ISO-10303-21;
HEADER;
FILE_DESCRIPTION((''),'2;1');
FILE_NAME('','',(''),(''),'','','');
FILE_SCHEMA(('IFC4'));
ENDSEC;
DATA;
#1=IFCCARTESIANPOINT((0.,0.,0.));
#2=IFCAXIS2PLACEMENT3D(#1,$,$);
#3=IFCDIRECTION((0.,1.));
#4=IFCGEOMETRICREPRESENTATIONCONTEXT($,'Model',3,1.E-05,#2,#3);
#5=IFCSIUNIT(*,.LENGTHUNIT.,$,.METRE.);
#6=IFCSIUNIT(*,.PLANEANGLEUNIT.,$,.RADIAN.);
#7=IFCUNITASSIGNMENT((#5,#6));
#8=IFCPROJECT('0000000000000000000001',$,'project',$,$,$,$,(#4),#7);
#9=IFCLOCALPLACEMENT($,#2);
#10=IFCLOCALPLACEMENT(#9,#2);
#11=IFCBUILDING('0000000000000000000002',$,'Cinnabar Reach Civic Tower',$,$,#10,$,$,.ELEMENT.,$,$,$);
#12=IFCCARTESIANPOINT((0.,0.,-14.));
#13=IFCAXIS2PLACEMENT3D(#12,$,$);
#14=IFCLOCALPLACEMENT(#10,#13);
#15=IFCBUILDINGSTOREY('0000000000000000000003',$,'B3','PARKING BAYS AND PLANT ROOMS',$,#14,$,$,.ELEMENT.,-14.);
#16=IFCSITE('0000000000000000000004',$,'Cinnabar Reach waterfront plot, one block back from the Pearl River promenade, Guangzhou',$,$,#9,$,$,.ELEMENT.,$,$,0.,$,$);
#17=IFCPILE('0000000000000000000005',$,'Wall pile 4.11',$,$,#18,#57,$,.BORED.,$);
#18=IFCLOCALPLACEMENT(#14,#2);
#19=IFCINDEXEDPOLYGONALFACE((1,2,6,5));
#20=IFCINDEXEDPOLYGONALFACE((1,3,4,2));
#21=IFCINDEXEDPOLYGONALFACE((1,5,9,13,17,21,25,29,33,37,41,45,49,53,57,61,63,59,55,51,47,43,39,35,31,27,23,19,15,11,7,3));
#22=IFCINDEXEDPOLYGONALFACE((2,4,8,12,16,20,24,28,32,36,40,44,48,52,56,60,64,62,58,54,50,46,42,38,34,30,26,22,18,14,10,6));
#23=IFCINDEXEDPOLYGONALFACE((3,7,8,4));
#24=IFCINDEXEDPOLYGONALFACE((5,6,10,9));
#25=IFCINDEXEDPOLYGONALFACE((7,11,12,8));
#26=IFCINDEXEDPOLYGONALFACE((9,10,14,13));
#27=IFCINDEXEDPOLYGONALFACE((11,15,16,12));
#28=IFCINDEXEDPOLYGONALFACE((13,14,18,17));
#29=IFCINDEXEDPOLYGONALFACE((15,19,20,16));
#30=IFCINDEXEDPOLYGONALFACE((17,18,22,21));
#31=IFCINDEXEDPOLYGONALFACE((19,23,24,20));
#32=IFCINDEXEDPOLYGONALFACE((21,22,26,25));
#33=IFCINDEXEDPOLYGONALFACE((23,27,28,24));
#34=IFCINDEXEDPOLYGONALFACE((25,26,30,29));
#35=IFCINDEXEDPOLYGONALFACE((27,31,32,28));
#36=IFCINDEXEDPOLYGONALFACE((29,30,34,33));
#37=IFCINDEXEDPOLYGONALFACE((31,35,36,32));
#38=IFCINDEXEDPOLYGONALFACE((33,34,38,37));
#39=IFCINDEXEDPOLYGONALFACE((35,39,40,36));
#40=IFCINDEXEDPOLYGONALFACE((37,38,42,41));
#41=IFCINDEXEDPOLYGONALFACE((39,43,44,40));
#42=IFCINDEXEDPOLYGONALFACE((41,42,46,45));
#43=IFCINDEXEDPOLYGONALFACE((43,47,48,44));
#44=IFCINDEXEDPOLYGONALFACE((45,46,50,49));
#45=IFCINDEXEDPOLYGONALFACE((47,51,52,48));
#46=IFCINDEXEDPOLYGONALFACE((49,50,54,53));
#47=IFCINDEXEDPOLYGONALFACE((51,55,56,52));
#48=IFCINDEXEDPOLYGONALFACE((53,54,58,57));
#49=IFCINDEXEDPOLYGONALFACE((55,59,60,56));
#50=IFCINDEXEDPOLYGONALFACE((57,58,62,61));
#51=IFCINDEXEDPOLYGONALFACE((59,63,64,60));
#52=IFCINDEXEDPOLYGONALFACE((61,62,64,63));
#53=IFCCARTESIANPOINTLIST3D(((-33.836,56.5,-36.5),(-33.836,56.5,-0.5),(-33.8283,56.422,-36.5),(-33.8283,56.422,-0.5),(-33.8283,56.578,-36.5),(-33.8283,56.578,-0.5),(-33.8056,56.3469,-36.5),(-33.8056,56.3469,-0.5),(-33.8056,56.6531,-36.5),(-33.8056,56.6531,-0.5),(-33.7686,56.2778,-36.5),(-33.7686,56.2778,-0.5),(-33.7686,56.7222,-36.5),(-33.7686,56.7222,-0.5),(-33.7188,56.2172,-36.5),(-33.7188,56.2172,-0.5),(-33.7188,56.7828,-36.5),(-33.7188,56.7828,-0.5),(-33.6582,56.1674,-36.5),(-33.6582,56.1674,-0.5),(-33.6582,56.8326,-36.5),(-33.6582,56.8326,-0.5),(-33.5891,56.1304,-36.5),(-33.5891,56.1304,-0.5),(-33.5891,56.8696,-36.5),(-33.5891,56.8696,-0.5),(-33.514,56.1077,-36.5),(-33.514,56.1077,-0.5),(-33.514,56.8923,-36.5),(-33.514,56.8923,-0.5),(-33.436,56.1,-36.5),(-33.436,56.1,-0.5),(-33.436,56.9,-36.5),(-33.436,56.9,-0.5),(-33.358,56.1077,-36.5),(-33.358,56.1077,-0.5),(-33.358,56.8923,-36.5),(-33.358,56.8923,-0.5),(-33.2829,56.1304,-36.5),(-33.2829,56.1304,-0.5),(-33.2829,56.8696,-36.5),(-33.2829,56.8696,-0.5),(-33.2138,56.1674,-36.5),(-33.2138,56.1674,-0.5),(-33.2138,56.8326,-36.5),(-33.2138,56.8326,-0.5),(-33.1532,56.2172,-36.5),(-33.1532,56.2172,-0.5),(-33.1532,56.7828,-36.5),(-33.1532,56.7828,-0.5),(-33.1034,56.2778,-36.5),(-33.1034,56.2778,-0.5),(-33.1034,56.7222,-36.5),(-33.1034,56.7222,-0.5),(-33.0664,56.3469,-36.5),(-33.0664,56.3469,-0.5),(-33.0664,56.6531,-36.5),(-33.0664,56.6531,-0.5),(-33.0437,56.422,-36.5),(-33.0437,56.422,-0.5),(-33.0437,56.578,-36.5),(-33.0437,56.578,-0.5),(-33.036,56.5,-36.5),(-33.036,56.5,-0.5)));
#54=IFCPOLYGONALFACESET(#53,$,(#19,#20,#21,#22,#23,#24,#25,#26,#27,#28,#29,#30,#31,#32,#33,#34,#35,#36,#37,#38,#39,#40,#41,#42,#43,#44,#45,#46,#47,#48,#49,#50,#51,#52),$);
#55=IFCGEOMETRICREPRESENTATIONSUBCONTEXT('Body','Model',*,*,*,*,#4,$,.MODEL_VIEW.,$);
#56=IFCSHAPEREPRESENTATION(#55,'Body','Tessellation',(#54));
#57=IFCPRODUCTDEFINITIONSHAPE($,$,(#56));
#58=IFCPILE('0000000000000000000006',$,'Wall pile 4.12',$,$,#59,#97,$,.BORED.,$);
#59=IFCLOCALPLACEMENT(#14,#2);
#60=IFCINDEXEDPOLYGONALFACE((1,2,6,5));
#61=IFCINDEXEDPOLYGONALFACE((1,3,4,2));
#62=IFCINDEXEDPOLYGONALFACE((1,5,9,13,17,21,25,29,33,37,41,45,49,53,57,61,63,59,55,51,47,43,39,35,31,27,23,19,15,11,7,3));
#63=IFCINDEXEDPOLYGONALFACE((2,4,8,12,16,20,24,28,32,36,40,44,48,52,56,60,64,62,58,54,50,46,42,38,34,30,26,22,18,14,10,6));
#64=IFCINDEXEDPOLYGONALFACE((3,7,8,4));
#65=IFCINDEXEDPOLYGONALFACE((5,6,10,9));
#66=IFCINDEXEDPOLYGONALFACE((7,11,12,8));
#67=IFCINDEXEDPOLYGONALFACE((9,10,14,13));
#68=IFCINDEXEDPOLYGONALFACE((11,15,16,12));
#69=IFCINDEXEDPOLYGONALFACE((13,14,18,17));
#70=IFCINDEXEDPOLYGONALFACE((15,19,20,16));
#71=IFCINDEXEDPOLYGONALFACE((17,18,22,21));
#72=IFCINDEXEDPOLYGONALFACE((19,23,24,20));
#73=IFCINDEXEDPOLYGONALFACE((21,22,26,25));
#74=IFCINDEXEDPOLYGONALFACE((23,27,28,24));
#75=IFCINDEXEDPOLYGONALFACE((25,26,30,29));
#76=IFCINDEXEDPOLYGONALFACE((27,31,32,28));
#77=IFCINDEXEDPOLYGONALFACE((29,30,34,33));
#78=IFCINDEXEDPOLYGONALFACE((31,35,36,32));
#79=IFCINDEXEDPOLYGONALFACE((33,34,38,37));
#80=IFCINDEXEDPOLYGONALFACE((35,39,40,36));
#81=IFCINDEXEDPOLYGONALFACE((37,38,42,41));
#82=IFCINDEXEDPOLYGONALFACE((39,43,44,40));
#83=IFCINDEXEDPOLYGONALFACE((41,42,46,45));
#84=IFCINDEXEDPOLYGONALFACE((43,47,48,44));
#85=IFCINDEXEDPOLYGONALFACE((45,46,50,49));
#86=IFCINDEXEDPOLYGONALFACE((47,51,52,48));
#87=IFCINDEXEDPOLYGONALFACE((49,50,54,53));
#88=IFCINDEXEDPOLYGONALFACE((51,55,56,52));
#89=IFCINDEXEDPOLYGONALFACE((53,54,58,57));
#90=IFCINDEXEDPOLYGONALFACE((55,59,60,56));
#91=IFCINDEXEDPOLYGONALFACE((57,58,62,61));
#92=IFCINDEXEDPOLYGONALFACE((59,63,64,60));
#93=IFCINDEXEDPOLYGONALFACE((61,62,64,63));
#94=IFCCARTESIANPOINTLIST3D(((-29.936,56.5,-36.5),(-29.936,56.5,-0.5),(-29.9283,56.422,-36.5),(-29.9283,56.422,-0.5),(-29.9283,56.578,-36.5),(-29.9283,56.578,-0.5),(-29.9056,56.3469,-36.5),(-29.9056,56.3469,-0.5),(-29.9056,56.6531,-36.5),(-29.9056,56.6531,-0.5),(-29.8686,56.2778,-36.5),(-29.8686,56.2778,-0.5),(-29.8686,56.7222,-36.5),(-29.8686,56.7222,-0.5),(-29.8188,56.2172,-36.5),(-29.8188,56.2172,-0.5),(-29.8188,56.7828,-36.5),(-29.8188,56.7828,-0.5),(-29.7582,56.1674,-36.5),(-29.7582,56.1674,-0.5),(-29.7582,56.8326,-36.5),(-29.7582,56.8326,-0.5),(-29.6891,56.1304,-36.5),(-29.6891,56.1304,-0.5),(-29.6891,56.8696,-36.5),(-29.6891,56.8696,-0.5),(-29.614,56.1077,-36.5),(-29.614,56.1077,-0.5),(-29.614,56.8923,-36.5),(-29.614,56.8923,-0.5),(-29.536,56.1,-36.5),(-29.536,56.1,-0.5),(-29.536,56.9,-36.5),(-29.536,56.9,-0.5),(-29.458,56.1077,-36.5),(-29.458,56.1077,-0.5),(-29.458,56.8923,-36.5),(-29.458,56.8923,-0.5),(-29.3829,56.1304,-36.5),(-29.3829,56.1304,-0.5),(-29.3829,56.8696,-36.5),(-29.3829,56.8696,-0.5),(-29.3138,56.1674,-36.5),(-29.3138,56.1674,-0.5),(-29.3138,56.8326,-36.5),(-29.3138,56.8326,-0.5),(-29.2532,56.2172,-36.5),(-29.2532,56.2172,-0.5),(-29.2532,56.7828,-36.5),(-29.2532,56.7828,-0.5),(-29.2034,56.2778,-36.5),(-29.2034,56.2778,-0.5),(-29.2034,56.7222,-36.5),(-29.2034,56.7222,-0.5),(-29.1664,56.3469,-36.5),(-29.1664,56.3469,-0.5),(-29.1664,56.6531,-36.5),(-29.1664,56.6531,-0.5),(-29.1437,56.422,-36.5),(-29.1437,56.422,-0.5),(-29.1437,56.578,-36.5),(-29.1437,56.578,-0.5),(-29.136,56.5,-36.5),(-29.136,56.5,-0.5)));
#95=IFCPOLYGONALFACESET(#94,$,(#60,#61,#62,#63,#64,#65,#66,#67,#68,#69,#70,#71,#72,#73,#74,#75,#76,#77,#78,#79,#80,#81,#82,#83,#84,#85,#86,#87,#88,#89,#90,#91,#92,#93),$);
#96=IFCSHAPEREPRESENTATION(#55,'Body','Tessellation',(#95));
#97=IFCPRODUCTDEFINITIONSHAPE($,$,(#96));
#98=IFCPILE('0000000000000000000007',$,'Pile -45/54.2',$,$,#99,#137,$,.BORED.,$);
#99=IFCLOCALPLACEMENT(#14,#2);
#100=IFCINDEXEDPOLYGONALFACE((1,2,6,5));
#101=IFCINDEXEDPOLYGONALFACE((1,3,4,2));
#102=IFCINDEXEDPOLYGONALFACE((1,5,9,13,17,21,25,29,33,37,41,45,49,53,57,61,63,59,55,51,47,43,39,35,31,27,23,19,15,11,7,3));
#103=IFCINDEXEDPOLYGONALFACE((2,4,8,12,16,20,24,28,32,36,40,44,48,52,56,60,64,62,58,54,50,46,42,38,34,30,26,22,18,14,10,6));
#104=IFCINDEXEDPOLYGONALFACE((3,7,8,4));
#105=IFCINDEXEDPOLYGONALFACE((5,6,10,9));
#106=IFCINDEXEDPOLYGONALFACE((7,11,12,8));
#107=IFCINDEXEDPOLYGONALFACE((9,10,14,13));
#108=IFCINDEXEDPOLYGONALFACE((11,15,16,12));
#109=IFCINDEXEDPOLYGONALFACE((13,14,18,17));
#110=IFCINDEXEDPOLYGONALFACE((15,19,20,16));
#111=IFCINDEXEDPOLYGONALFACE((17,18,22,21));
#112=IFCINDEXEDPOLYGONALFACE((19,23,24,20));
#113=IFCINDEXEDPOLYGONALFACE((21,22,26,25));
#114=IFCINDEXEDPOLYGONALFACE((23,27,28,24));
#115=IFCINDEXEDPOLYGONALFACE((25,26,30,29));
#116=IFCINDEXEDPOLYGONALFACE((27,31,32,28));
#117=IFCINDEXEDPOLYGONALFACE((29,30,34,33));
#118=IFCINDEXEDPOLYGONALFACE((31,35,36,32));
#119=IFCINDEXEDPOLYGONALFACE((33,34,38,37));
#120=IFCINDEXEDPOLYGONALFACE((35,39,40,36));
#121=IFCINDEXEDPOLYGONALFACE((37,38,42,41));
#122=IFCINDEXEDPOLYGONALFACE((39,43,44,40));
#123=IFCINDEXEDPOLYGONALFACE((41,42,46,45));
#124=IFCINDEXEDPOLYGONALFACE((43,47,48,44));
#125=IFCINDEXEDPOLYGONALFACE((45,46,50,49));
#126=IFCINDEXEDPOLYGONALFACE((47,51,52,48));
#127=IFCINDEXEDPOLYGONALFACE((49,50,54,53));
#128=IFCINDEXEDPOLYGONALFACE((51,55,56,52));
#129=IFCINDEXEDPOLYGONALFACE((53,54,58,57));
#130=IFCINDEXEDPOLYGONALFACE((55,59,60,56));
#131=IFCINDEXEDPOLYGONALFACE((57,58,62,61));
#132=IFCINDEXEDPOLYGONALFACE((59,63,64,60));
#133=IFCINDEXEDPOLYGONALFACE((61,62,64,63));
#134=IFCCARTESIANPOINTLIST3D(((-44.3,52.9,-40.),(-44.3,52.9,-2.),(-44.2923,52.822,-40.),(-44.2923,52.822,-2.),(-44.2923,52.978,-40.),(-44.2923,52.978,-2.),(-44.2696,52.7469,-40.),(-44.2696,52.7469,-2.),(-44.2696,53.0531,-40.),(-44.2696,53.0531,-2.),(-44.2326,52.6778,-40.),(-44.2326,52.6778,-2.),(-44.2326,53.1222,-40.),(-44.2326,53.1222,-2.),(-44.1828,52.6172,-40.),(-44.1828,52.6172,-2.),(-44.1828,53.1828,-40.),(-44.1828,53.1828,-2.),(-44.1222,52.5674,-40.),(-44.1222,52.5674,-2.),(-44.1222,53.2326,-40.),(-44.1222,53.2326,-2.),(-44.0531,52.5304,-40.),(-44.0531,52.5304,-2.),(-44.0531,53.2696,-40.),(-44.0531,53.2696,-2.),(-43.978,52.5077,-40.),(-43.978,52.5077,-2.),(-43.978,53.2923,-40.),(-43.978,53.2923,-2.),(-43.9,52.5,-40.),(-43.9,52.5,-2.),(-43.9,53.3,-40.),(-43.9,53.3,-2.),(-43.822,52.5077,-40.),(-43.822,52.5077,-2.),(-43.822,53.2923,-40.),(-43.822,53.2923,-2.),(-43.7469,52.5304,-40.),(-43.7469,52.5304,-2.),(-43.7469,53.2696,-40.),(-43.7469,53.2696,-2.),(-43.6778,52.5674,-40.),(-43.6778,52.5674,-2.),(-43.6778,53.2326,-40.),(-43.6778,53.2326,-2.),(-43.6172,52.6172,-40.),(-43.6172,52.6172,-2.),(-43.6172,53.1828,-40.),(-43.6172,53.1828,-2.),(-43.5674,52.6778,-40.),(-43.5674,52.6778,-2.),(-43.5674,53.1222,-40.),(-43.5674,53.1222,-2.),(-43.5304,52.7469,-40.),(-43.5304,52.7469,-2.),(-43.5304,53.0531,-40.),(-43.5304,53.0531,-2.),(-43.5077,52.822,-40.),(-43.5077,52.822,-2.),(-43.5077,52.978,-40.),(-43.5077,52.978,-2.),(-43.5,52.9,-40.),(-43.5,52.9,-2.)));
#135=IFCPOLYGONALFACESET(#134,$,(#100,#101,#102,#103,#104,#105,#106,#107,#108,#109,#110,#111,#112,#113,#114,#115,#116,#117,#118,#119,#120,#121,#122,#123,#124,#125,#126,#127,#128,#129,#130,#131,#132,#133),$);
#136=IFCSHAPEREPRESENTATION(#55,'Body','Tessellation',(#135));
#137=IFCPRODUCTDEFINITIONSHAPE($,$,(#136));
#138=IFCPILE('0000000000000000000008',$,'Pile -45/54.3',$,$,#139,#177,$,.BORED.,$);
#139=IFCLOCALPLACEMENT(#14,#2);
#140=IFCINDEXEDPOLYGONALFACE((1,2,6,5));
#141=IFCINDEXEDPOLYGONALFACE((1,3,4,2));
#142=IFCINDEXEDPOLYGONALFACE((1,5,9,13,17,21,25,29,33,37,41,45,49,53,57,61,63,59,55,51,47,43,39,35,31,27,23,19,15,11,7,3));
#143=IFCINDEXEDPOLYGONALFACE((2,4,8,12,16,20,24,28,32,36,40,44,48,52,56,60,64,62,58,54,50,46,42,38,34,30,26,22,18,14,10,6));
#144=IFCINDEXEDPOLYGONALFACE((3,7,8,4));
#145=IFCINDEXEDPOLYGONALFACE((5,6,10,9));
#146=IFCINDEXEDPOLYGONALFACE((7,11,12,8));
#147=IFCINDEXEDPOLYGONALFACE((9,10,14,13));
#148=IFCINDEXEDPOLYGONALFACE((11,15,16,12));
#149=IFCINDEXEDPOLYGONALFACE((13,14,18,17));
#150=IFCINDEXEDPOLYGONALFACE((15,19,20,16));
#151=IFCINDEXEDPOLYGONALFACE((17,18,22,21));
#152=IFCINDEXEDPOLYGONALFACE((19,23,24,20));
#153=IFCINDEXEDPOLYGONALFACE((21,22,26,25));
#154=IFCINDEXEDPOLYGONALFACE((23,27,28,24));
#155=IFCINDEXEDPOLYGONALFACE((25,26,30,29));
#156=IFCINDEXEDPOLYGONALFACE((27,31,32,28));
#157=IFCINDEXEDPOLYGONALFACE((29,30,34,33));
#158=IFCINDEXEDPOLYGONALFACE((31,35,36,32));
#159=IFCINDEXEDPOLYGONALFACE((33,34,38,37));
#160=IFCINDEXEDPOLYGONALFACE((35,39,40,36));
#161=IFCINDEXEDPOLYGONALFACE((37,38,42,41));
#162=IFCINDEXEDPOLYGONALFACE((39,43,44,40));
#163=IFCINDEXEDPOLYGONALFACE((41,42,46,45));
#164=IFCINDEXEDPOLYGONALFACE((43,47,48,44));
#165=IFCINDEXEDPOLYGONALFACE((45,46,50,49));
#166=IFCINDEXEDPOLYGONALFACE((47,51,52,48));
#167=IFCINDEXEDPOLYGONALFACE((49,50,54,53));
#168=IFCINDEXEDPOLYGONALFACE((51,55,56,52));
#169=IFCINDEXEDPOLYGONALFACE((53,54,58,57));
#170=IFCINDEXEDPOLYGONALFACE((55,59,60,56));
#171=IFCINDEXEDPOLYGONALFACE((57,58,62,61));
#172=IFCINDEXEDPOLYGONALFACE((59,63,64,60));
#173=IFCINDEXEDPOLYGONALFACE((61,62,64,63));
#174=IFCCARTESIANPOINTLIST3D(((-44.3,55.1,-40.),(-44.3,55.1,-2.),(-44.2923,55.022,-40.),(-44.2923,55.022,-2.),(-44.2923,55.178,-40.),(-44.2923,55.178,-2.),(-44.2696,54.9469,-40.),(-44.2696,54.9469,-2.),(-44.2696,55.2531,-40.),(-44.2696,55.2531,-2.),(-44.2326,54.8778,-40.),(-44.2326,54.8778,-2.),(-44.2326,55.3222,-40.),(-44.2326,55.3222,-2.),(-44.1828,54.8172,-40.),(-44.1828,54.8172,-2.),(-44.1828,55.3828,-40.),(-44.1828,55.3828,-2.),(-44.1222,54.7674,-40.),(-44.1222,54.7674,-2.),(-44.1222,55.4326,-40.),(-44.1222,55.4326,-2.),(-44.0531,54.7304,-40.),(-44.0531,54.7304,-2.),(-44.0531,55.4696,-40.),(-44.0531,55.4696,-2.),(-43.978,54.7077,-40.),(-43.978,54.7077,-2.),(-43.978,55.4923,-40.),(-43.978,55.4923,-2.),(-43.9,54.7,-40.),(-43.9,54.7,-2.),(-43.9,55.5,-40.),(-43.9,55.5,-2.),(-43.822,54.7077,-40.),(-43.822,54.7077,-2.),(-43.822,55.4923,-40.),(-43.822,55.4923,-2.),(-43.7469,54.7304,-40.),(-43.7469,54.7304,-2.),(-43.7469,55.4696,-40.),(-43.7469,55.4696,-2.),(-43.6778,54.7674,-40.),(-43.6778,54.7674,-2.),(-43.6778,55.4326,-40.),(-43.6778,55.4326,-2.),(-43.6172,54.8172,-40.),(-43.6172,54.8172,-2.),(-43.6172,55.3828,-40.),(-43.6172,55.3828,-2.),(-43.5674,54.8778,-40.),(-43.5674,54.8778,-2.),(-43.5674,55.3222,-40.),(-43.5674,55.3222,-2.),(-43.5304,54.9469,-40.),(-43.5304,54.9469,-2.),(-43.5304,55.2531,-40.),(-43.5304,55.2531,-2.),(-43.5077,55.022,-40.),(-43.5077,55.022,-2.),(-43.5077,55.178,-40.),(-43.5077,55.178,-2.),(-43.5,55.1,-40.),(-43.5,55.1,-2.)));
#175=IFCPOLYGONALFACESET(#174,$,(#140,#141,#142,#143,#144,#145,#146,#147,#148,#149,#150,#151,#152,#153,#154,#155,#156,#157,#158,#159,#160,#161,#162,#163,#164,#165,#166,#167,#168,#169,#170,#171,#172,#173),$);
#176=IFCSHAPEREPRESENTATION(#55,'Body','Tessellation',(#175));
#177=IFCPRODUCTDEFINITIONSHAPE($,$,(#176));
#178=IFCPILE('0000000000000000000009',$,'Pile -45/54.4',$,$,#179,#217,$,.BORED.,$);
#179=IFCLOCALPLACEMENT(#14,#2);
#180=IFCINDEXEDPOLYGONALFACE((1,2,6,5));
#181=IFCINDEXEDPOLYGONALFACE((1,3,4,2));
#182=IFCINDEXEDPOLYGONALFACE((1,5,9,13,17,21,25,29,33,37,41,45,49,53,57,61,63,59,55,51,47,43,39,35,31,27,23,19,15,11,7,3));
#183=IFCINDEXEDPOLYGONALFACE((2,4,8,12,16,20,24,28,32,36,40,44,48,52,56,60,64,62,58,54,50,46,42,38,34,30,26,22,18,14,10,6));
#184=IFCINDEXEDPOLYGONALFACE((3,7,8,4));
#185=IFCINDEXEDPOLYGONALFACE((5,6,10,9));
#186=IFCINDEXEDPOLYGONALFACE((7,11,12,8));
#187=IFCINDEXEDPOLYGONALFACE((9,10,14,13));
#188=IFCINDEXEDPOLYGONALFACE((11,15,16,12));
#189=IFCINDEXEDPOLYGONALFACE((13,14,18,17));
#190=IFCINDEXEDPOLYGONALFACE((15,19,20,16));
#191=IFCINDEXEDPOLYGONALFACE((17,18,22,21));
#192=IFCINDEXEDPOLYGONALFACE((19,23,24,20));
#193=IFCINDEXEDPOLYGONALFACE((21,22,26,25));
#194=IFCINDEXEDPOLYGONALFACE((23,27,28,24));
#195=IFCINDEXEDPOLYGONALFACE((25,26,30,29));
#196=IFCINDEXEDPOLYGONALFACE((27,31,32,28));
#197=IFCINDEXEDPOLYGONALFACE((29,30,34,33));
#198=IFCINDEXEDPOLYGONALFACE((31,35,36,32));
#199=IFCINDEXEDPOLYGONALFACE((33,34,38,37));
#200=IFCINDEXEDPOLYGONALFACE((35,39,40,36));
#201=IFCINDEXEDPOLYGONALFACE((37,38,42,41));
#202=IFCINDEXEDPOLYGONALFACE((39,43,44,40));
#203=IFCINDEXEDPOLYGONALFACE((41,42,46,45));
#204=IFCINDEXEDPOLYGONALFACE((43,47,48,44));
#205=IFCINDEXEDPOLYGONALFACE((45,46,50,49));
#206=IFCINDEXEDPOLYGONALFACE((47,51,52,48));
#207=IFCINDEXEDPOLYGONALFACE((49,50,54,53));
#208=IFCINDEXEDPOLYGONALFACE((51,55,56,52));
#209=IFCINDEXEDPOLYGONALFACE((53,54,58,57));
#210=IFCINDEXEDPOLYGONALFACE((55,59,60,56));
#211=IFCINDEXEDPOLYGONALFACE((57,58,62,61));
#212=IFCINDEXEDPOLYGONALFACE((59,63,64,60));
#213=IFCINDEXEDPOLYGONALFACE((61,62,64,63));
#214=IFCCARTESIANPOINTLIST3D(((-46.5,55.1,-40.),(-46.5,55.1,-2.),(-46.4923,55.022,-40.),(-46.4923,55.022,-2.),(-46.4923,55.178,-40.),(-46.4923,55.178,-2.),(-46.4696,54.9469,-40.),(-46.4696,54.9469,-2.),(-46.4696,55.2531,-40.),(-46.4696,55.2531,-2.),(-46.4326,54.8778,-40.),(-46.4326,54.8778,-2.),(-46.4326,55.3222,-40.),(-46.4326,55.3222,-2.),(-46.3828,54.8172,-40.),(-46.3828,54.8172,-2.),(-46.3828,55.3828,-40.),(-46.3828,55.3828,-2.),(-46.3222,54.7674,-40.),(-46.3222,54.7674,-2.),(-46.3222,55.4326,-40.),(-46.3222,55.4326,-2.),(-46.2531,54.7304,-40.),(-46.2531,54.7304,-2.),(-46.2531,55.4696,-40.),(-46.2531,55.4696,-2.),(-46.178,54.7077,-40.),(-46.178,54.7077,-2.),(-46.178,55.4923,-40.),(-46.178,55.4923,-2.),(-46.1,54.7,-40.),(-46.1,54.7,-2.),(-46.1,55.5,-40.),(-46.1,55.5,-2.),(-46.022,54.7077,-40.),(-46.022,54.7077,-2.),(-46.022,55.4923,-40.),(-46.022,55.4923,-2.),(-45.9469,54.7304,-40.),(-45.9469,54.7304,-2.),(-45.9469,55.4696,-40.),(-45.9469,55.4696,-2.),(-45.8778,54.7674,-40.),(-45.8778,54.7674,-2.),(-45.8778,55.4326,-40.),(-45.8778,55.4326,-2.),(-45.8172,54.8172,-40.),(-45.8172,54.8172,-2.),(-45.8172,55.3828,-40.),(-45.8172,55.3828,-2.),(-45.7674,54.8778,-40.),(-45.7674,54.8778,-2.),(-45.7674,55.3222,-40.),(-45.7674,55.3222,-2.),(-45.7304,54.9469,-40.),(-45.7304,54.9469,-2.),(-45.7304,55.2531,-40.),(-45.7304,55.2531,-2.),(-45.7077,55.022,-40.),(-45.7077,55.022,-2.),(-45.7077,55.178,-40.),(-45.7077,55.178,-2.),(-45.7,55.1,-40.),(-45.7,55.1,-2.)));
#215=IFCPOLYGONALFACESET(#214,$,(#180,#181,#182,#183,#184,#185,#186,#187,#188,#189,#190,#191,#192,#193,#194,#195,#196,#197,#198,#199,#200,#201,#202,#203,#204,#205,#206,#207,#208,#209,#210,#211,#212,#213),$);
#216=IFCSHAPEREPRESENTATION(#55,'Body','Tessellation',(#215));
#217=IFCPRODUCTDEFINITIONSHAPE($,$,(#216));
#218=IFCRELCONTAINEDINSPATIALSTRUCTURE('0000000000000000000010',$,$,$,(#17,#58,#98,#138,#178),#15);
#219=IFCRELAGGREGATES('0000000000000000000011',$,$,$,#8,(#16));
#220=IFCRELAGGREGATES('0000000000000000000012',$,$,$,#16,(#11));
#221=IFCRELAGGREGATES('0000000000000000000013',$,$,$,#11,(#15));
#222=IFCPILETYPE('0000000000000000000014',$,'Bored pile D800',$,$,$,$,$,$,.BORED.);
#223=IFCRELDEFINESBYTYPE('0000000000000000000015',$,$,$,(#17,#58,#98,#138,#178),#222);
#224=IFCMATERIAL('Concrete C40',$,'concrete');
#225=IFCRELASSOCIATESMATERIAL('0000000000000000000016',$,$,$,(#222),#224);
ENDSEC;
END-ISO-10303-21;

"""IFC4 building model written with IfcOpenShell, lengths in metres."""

from ifc_helpers import new_model, si_unit, direction, frame, origin, origin_2d, place, context, subcontext, project, spatial, circle, extrude, material, type_object, element, save


model = new_model("IFC4")

# Units and contexts
model_context = context("Model", 3, precision=1e-05, world=origin(), true_north=direction((0.0, 1.0)))
body_context = subcontext(model_context, "Body", "Model", "MODEL_VIEW")
ifc_project = project(units=[si_unit("LENGTHUNIT", "METRE"), si_unit("PLANEANGLEUNIT", "RADIAN")], contexts=[model_context])

# Site, building, storey
site_placement = place(None, origin())
site = spatial("IfcSite", under=ifc_project, at=site_placement, Name="Cinnabar Reach waterfront plot, one block back from the Pearl River promenade, Guangzhou", CompositionType="ELEMENT", RefElevation=0.0)
building_placement = place(site_placement, origin())
building = spatial("IfcBuilding", under=site, at=building_placement, Name="Cinnabar Reach Civic Tower", CompositionType="ELEMENT")
storey_placement = place(building_placement, frame((0.0, 0.0, -14.0)))
storey = spatial("IfcBuildingStorey", under=building, at=storey_placement, Name="B3", Description="PARKING BAYS AND PLANT ROOMS", CompositionType="ELEMENT", Elevation=-14.0)

# Piles
ifc_material_1 = material(Name="Concrete C40", Category="concrete")
pile_type_1 = type_object("IfcPileType", Name="Bored pile D800", PredefinedType="BORED", material=ifc_material_1)
for number, where, z_axis, x_axis, name in (
    (1, (-33.436, 56.5, -0.5), (0.0, 0.0, -1.0), (1.0, 0.0, 0.0), "Wall pile 4.11"),
    (2, (-29.536, 56.5, -0.5), (0.0, 0.0, -1.0), (1.0, 0.0, 0.0), "Wall pile 4.12"),
):
    element("IfcPile", number, at=place(storey_placement, frame(where, z_axis=z_axis, x_axis=x_axis)), inside=storey, type_object=pile_type_1, Name=name, PredefinedType="BORED", context=body_context, shape_type="SweptSolid", body=[
        extrude(circle(Radius=0.4, at=origin_2d()), origin(), (0.0, 0.0, 1.0), 36.0),
    ])
for number, where, z_axis, x_axis, name in (
    (3, (-43.9, 52.9, -2.0), (0.0, 0.0, -1.0), (1.0, 0.0, 0.0), "Pile -45/54.2"),
    (4, (-43.9, 55.1, -2.0), (0.0, 0.0, -1.0), (1.0, 0.0, 0.0), "Pile -45/54.3"),
    (5, (-46.1, 55.1, -2.0), (0.0, 0.0, -1.0), (1.0, 0.0, 0.0), "Pile -45/54.4"),
):
    element("IfcPile", number, at=place(storey_placement, frame(where, z_axis=z_axis, x_axis=x_axis)), inside=storey, type_object=pile_type_1, Name=name, PredefinedType="BORED", context=body_context, shape_type="SweptSolid", body=[
        extrude(circle(Radius=0.4, at=origin_2d()), origin(), (0.0, 0.0, 1.0), 38.0),
    ])

save(model, "model.ifc")
